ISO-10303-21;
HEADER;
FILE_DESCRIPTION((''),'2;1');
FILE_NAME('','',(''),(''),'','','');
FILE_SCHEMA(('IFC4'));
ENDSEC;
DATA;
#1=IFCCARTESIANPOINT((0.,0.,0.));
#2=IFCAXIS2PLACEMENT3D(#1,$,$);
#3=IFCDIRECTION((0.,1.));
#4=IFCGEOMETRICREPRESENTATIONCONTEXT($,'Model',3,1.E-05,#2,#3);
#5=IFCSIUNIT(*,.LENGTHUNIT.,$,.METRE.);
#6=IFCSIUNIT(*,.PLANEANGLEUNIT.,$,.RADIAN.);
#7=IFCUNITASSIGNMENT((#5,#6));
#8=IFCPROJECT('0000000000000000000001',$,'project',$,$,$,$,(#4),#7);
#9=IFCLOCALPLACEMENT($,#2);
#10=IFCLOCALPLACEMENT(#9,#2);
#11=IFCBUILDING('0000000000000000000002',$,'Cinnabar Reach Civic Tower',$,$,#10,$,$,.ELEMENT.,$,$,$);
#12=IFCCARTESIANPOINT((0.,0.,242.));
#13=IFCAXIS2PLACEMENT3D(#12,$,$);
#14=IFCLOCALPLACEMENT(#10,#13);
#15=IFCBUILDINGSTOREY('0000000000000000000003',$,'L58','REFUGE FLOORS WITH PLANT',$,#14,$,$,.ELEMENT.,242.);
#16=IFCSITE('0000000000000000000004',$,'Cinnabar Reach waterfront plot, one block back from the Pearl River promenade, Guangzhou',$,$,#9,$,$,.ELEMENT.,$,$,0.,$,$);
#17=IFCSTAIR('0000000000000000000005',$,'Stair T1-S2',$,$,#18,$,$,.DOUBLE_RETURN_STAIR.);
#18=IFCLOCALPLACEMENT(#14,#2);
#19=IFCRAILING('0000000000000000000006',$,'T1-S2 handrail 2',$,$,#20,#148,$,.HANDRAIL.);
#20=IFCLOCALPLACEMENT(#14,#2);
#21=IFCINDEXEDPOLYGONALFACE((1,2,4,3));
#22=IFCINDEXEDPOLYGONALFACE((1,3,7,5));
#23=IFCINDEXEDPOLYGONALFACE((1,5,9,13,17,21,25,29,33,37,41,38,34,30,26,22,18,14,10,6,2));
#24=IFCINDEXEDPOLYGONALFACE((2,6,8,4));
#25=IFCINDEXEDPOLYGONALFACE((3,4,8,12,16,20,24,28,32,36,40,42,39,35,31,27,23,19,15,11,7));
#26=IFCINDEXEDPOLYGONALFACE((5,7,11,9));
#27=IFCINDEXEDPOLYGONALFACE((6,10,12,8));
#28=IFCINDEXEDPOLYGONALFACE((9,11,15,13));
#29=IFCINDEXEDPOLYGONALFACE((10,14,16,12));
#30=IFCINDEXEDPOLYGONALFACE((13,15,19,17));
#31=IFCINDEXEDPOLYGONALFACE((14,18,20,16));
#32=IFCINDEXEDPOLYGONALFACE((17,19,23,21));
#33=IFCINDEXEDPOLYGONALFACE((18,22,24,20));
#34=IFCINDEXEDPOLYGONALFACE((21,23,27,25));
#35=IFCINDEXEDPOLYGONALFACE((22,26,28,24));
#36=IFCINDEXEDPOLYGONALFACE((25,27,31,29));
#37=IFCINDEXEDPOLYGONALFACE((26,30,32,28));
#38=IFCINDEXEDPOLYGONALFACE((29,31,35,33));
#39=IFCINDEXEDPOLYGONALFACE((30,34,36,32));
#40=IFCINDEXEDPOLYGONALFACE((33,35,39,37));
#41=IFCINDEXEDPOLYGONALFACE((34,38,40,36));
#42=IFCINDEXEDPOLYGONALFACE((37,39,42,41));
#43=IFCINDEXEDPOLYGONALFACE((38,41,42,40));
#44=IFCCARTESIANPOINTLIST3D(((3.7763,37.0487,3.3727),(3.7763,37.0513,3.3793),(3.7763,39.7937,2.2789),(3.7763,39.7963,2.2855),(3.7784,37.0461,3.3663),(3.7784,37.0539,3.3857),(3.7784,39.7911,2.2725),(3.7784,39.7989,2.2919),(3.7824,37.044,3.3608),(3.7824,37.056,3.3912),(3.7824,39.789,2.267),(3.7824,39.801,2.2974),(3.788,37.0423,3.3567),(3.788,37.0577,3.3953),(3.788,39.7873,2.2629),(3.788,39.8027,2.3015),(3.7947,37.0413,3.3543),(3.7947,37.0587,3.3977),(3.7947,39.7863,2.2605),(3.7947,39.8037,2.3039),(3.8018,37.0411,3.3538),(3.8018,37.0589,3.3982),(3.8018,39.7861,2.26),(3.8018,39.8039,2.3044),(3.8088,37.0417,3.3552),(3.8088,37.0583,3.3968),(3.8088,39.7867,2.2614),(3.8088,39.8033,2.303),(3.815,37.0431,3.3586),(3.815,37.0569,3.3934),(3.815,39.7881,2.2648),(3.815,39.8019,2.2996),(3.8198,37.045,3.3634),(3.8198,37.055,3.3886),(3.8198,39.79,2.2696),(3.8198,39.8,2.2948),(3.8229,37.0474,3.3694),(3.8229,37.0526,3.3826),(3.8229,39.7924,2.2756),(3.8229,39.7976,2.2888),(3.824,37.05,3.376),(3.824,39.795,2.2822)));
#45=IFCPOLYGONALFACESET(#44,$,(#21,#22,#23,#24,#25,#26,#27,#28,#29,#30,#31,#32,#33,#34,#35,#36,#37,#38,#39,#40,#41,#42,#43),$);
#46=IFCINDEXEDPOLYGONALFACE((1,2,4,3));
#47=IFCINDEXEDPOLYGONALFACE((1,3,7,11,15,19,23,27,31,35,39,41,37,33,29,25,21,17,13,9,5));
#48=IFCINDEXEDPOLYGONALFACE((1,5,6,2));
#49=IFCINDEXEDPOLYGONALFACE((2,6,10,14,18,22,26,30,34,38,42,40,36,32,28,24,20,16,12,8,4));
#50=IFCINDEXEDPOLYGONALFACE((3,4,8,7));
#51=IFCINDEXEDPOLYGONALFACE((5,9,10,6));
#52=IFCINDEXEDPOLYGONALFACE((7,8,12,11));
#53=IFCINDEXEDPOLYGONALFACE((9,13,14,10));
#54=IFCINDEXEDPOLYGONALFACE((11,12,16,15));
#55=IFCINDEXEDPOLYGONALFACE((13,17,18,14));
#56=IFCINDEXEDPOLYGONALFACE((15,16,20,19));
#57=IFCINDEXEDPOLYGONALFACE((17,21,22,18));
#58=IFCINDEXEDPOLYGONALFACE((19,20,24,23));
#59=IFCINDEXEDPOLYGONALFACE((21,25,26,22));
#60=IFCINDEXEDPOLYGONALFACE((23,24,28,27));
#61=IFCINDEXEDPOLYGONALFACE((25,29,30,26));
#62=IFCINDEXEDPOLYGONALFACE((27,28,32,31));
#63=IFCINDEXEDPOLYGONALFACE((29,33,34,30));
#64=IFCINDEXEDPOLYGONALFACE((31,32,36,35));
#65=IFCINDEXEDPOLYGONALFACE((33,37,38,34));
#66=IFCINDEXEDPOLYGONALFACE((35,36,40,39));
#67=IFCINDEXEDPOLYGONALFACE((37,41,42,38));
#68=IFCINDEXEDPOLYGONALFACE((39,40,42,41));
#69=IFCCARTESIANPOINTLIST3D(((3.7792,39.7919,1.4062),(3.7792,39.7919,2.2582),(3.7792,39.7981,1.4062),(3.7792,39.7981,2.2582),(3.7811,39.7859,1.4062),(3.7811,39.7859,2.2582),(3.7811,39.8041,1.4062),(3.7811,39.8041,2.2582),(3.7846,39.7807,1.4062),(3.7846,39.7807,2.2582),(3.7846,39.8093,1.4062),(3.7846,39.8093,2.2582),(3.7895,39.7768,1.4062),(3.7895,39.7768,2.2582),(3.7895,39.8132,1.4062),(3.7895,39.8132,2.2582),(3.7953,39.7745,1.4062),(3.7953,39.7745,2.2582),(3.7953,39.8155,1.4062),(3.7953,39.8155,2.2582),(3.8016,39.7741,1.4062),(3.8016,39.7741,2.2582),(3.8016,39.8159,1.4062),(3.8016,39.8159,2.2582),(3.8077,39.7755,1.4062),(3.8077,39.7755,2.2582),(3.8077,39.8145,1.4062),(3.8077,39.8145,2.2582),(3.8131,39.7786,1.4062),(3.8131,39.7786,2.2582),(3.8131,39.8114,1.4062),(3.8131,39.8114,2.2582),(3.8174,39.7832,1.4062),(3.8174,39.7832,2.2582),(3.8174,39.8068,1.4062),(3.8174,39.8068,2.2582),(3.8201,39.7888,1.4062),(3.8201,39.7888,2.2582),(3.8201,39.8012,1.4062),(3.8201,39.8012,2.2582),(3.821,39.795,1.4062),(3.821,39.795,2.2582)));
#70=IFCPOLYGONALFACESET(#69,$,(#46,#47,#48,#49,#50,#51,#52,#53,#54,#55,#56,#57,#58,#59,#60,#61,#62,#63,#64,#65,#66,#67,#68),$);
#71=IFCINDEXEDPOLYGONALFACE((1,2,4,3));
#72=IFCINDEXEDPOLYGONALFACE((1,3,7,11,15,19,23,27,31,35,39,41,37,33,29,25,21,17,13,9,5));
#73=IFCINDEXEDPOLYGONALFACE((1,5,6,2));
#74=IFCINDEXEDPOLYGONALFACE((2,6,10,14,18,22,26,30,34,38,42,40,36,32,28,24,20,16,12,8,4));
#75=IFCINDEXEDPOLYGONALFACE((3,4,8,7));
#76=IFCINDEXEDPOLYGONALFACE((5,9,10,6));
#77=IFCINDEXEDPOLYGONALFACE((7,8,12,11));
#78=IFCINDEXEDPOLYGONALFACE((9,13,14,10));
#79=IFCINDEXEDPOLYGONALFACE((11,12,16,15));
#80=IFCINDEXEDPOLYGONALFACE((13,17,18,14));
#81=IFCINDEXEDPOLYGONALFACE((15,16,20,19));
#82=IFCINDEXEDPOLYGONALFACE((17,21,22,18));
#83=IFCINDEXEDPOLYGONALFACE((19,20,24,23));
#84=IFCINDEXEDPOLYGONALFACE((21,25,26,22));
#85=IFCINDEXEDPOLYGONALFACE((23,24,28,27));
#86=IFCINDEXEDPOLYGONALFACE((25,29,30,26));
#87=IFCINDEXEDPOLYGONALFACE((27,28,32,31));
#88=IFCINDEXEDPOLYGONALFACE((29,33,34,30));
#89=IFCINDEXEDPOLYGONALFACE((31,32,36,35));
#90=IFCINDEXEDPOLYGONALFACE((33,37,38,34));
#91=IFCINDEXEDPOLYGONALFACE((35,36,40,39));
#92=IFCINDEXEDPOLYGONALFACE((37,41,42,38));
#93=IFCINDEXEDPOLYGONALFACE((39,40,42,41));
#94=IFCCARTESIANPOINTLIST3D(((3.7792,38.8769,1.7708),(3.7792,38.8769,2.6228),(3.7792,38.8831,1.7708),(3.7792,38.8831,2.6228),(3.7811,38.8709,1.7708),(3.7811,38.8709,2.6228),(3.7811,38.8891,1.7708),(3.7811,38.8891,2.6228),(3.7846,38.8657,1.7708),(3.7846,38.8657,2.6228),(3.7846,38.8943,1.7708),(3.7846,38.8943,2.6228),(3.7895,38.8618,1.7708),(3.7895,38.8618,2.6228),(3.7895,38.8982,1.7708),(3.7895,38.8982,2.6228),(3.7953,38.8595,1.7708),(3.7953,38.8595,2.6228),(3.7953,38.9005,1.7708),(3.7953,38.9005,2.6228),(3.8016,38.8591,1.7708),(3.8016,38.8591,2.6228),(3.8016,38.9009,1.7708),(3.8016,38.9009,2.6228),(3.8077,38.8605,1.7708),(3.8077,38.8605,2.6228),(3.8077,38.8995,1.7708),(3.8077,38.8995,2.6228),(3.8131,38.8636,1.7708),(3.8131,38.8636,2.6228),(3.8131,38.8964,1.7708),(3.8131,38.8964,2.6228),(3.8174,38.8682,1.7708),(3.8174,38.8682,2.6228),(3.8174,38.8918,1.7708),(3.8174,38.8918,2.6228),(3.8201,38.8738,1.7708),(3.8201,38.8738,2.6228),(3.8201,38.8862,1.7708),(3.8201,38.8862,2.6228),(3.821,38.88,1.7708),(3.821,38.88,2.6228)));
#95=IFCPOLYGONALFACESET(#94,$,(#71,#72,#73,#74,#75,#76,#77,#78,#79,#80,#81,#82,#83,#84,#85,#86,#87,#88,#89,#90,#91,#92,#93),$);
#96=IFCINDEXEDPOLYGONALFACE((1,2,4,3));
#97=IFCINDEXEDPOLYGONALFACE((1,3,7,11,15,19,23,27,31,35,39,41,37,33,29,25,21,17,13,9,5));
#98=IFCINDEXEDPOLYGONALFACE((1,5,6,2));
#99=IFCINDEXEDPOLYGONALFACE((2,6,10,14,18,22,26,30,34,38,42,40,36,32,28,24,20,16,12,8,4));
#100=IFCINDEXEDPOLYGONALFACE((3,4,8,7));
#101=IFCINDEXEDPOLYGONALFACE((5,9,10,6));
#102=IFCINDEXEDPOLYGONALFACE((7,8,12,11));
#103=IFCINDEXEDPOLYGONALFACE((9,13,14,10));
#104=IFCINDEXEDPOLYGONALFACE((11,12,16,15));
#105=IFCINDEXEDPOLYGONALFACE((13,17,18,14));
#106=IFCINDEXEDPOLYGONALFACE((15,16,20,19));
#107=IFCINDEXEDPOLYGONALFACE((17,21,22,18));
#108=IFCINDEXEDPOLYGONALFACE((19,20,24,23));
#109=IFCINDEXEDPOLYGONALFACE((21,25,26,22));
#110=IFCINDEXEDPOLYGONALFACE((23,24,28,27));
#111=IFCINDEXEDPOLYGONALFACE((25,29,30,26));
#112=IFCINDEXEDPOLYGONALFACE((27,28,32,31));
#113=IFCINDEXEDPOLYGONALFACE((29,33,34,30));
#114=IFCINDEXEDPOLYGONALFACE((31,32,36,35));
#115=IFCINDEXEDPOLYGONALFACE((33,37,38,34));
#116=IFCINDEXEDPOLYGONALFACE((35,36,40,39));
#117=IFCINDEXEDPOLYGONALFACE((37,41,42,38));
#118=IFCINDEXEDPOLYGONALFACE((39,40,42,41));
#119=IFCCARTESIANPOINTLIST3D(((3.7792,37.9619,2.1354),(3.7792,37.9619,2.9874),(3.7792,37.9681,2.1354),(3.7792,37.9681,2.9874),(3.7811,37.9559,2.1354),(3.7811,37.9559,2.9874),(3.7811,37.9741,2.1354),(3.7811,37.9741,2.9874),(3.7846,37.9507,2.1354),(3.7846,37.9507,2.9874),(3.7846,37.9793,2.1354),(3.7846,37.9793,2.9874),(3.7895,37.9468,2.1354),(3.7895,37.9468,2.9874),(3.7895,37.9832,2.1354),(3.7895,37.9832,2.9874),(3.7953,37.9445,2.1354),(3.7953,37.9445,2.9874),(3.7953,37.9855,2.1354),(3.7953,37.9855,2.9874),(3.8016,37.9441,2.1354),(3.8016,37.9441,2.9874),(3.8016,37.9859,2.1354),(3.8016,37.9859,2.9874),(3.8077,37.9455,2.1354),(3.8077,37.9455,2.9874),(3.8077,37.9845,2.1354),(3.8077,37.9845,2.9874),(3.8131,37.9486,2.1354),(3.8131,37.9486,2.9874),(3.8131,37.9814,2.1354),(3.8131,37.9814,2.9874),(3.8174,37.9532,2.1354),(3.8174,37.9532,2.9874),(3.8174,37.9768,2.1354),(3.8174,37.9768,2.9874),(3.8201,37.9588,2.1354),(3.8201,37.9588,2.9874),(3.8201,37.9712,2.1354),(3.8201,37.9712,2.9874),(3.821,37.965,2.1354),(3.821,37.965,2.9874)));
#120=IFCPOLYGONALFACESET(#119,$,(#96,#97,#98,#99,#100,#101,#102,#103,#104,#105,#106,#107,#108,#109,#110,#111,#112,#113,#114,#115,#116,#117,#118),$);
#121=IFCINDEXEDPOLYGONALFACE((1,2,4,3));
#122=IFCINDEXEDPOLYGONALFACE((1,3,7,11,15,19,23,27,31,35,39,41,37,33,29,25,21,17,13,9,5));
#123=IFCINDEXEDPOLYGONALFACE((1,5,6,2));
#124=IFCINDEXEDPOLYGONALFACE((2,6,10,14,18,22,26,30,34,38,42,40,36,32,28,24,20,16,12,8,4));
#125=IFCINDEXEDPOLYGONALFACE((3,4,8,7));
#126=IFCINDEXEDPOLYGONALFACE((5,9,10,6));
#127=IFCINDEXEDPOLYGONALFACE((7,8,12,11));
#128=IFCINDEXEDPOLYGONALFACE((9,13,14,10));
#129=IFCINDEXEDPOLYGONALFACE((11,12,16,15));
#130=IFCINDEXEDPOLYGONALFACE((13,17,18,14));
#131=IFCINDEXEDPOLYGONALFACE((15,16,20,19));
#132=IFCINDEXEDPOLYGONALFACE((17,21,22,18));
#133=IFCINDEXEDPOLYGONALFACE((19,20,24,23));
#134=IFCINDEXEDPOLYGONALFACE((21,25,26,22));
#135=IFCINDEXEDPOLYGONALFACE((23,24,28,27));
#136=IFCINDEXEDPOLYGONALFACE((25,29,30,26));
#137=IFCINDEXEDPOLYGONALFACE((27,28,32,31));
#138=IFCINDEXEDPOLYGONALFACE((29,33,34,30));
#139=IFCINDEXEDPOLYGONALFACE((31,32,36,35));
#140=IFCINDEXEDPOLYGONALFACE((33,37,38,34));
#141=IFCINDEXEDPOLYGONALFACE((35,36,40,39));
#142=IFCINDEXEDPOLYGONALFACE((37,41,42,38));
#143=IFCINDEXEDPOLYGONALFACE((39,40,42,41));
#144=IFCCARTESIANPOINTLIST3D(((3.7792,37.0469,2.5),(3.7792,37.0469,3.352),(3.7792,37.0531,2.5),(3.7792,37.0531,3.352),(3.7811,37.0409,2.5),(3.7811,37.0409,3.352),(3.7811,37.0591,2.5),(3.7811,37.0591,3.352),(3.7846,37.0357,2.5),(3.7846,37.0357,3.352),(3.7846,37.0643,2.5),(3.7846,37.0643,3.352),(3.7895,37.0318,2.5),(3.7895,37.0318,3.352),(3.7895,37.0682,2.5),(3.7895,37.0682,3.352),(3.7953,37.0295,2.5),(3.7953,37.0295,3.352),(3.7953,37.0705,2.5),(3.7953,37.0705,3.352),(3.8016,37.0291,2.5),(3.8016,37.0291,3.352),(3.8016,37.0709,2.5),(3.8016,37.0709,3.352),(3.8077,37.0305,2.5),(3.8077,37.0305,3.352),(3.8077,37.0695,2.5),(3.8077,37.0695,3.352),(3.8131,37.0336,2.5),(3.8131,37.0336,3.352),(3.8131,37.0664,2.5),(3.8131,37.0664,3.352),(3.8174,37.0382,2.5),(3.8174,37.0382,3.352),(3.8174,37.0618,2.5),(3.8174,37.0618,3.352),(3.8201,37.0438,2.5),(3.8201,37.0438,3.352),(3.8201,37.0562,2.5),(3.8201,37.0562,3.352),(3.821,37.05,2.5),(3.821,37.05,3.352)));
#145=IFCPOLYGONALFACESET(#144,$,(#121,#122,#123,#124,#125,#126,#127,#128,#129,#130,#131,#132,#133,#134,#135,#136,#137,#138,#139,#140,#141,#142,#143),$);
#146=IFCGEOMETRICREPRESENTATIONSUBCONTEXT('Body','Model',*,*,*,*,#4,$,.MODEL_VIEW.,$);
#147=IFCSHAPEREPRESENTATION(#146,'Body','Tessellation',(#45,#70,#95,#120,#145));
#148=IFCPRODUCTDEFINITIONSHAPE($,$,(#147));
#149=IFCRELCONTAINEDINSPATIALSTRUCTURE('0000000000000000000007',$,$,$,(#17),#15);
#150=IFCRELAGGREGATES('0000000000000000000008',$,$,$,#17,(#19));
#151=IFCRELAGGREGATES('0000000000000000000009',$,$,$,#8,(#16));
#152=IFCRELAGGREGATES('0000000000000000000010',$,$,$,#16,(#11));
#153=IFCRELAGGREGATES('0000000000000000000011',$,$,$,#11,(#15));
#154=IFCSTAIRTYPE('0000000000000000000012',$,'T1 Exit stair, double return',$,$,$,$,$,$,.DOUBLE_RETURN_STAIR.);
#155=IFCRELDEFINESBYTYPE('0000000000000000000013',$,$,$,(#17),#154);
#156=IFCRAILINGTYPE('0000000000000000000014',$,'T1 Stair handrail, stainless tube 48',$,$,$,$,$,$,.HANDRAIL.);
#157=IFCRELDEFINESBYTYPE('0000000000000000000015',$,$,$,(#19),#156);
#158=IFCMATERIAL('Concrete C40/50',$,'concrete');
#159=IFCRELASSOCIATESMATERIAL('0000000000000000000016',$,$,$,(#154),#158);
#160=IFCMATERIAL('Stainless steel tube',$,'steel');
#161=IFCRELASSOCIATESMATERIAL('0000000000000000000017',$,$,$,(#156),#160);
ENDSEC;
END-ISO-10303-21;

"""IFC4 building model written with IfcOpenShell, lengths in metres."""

from ifc_helpers import new_model, si_unit, direction, frame, origin, origin_2d, place, context, subcontext, project, spatial, circle, extrude, material, type_object, element, aggregate, save


model = new_model("IFC4")

# Units and contexts
model_context = context("Model", 3, precision=1e-05, world=origin(), true_north=direction((0.0, 1.0)))
body_context = subcontext(model_context, "Body", "Model", "MODEL_VIEW")
ifc_project = project(units=[si_unit("LENGTHUNIT", "METRE"), si_unit("PLANEANGLEUNIT", "RADIAN")], contexts=[model_context])

# Site, building, storey
site_placement = place(None, origin())
site = spatial("IfcSite", under=ifc_project, at=site_placement, Name="Cinnabar Reach waterfront plot, one block back from the Pearl River promenade, Guangzhou", CompositionType="ELEMENT", RefElevation=0.0)
building_placement = place(site_placement, origin())
building = spatial("IfcBuilding", under=site, at=building_placement, Name="Cinnabar Reach Civic Tower", CompositionType="ELEMENT")
storey_placement = place(building_placement, frame((0.0, 0.0, 242.0)))
storey = spatial("IfcBuildingStorey", under=building, at=storey_placement, Name="L58", Description="REFUGE FLOORS WITH PLANT", CompositionType="ELEMENT", Elevation=242.0)

# Shared definitions
ifc_material_1 = material(Name="Concrete C40/50", Category="concrete")

# Stair, railing
stair_type = type_object("IfcStairType", Name="T1 Exit stair, double return", PredefinedType="DOUBLE_RETURN_STAIR", material=ifc_material_1)
stair_placement = place(storey_placement, origin())
stair = element("IfcStair", 1, at=stair_placement, inside=storey, type_object=stair_type, Name="Stair T1-S2", PredefinedType="DOUBLE_RETURN_STAIR")
ifc_material_2 = material(Name="Stainless steel tube", Category="steel")
railing_type = type_object("IfcRailingType", Name="T1 Stair handrail, stainless tube 48", PredefinedType="HANDRAIL", material=ifc_material_2)
railing_1_placement = place(storey_placement, frame((3.8, 39.795, 1.4062)))
railing_1 = element("IfcRailing", 2, at=railing_1_placement, type_object=railing_type, Name="T1-S2 handrail 2", PredefinedType="HANDRAIL", context=body_context, shape_type="SweptSolid", body=[
    extrude(circle(Radius=0.024, at=origin_2d()), frame((0.0, 0.0, 0.876), z_axis=(0.0, -0.928966, 0.370165), x_axis=(1.0, 0.0, 0.0)), (0.0, 0.0, 1.0), 2.9549),
    extrude(circle(Radius=0.021, at=origin_2d()), origin(), (0.0, 0.0, 1.0), 0.852),
    extrude(circle(Radius=0.021, at=origin_2d()), frame((0.0, -0.915, 0.3646)), (0.0, 0.0, 1.0), 0.852),
    extrude(circle(Radius=0.021, at=origin_2d()), frame((0.0, -1.83, 0.7292)), (0.0, 0.0, 1.0), 0.852),
    extrude(circle(Radius=0.021, at=origin_2d()), frame((0.0, -2.745, 1.0938)), (0.0, 0.0, 1.0), 0.852),
])
aggregate(stair, [railing_1])

save(model, "model.ifc")
